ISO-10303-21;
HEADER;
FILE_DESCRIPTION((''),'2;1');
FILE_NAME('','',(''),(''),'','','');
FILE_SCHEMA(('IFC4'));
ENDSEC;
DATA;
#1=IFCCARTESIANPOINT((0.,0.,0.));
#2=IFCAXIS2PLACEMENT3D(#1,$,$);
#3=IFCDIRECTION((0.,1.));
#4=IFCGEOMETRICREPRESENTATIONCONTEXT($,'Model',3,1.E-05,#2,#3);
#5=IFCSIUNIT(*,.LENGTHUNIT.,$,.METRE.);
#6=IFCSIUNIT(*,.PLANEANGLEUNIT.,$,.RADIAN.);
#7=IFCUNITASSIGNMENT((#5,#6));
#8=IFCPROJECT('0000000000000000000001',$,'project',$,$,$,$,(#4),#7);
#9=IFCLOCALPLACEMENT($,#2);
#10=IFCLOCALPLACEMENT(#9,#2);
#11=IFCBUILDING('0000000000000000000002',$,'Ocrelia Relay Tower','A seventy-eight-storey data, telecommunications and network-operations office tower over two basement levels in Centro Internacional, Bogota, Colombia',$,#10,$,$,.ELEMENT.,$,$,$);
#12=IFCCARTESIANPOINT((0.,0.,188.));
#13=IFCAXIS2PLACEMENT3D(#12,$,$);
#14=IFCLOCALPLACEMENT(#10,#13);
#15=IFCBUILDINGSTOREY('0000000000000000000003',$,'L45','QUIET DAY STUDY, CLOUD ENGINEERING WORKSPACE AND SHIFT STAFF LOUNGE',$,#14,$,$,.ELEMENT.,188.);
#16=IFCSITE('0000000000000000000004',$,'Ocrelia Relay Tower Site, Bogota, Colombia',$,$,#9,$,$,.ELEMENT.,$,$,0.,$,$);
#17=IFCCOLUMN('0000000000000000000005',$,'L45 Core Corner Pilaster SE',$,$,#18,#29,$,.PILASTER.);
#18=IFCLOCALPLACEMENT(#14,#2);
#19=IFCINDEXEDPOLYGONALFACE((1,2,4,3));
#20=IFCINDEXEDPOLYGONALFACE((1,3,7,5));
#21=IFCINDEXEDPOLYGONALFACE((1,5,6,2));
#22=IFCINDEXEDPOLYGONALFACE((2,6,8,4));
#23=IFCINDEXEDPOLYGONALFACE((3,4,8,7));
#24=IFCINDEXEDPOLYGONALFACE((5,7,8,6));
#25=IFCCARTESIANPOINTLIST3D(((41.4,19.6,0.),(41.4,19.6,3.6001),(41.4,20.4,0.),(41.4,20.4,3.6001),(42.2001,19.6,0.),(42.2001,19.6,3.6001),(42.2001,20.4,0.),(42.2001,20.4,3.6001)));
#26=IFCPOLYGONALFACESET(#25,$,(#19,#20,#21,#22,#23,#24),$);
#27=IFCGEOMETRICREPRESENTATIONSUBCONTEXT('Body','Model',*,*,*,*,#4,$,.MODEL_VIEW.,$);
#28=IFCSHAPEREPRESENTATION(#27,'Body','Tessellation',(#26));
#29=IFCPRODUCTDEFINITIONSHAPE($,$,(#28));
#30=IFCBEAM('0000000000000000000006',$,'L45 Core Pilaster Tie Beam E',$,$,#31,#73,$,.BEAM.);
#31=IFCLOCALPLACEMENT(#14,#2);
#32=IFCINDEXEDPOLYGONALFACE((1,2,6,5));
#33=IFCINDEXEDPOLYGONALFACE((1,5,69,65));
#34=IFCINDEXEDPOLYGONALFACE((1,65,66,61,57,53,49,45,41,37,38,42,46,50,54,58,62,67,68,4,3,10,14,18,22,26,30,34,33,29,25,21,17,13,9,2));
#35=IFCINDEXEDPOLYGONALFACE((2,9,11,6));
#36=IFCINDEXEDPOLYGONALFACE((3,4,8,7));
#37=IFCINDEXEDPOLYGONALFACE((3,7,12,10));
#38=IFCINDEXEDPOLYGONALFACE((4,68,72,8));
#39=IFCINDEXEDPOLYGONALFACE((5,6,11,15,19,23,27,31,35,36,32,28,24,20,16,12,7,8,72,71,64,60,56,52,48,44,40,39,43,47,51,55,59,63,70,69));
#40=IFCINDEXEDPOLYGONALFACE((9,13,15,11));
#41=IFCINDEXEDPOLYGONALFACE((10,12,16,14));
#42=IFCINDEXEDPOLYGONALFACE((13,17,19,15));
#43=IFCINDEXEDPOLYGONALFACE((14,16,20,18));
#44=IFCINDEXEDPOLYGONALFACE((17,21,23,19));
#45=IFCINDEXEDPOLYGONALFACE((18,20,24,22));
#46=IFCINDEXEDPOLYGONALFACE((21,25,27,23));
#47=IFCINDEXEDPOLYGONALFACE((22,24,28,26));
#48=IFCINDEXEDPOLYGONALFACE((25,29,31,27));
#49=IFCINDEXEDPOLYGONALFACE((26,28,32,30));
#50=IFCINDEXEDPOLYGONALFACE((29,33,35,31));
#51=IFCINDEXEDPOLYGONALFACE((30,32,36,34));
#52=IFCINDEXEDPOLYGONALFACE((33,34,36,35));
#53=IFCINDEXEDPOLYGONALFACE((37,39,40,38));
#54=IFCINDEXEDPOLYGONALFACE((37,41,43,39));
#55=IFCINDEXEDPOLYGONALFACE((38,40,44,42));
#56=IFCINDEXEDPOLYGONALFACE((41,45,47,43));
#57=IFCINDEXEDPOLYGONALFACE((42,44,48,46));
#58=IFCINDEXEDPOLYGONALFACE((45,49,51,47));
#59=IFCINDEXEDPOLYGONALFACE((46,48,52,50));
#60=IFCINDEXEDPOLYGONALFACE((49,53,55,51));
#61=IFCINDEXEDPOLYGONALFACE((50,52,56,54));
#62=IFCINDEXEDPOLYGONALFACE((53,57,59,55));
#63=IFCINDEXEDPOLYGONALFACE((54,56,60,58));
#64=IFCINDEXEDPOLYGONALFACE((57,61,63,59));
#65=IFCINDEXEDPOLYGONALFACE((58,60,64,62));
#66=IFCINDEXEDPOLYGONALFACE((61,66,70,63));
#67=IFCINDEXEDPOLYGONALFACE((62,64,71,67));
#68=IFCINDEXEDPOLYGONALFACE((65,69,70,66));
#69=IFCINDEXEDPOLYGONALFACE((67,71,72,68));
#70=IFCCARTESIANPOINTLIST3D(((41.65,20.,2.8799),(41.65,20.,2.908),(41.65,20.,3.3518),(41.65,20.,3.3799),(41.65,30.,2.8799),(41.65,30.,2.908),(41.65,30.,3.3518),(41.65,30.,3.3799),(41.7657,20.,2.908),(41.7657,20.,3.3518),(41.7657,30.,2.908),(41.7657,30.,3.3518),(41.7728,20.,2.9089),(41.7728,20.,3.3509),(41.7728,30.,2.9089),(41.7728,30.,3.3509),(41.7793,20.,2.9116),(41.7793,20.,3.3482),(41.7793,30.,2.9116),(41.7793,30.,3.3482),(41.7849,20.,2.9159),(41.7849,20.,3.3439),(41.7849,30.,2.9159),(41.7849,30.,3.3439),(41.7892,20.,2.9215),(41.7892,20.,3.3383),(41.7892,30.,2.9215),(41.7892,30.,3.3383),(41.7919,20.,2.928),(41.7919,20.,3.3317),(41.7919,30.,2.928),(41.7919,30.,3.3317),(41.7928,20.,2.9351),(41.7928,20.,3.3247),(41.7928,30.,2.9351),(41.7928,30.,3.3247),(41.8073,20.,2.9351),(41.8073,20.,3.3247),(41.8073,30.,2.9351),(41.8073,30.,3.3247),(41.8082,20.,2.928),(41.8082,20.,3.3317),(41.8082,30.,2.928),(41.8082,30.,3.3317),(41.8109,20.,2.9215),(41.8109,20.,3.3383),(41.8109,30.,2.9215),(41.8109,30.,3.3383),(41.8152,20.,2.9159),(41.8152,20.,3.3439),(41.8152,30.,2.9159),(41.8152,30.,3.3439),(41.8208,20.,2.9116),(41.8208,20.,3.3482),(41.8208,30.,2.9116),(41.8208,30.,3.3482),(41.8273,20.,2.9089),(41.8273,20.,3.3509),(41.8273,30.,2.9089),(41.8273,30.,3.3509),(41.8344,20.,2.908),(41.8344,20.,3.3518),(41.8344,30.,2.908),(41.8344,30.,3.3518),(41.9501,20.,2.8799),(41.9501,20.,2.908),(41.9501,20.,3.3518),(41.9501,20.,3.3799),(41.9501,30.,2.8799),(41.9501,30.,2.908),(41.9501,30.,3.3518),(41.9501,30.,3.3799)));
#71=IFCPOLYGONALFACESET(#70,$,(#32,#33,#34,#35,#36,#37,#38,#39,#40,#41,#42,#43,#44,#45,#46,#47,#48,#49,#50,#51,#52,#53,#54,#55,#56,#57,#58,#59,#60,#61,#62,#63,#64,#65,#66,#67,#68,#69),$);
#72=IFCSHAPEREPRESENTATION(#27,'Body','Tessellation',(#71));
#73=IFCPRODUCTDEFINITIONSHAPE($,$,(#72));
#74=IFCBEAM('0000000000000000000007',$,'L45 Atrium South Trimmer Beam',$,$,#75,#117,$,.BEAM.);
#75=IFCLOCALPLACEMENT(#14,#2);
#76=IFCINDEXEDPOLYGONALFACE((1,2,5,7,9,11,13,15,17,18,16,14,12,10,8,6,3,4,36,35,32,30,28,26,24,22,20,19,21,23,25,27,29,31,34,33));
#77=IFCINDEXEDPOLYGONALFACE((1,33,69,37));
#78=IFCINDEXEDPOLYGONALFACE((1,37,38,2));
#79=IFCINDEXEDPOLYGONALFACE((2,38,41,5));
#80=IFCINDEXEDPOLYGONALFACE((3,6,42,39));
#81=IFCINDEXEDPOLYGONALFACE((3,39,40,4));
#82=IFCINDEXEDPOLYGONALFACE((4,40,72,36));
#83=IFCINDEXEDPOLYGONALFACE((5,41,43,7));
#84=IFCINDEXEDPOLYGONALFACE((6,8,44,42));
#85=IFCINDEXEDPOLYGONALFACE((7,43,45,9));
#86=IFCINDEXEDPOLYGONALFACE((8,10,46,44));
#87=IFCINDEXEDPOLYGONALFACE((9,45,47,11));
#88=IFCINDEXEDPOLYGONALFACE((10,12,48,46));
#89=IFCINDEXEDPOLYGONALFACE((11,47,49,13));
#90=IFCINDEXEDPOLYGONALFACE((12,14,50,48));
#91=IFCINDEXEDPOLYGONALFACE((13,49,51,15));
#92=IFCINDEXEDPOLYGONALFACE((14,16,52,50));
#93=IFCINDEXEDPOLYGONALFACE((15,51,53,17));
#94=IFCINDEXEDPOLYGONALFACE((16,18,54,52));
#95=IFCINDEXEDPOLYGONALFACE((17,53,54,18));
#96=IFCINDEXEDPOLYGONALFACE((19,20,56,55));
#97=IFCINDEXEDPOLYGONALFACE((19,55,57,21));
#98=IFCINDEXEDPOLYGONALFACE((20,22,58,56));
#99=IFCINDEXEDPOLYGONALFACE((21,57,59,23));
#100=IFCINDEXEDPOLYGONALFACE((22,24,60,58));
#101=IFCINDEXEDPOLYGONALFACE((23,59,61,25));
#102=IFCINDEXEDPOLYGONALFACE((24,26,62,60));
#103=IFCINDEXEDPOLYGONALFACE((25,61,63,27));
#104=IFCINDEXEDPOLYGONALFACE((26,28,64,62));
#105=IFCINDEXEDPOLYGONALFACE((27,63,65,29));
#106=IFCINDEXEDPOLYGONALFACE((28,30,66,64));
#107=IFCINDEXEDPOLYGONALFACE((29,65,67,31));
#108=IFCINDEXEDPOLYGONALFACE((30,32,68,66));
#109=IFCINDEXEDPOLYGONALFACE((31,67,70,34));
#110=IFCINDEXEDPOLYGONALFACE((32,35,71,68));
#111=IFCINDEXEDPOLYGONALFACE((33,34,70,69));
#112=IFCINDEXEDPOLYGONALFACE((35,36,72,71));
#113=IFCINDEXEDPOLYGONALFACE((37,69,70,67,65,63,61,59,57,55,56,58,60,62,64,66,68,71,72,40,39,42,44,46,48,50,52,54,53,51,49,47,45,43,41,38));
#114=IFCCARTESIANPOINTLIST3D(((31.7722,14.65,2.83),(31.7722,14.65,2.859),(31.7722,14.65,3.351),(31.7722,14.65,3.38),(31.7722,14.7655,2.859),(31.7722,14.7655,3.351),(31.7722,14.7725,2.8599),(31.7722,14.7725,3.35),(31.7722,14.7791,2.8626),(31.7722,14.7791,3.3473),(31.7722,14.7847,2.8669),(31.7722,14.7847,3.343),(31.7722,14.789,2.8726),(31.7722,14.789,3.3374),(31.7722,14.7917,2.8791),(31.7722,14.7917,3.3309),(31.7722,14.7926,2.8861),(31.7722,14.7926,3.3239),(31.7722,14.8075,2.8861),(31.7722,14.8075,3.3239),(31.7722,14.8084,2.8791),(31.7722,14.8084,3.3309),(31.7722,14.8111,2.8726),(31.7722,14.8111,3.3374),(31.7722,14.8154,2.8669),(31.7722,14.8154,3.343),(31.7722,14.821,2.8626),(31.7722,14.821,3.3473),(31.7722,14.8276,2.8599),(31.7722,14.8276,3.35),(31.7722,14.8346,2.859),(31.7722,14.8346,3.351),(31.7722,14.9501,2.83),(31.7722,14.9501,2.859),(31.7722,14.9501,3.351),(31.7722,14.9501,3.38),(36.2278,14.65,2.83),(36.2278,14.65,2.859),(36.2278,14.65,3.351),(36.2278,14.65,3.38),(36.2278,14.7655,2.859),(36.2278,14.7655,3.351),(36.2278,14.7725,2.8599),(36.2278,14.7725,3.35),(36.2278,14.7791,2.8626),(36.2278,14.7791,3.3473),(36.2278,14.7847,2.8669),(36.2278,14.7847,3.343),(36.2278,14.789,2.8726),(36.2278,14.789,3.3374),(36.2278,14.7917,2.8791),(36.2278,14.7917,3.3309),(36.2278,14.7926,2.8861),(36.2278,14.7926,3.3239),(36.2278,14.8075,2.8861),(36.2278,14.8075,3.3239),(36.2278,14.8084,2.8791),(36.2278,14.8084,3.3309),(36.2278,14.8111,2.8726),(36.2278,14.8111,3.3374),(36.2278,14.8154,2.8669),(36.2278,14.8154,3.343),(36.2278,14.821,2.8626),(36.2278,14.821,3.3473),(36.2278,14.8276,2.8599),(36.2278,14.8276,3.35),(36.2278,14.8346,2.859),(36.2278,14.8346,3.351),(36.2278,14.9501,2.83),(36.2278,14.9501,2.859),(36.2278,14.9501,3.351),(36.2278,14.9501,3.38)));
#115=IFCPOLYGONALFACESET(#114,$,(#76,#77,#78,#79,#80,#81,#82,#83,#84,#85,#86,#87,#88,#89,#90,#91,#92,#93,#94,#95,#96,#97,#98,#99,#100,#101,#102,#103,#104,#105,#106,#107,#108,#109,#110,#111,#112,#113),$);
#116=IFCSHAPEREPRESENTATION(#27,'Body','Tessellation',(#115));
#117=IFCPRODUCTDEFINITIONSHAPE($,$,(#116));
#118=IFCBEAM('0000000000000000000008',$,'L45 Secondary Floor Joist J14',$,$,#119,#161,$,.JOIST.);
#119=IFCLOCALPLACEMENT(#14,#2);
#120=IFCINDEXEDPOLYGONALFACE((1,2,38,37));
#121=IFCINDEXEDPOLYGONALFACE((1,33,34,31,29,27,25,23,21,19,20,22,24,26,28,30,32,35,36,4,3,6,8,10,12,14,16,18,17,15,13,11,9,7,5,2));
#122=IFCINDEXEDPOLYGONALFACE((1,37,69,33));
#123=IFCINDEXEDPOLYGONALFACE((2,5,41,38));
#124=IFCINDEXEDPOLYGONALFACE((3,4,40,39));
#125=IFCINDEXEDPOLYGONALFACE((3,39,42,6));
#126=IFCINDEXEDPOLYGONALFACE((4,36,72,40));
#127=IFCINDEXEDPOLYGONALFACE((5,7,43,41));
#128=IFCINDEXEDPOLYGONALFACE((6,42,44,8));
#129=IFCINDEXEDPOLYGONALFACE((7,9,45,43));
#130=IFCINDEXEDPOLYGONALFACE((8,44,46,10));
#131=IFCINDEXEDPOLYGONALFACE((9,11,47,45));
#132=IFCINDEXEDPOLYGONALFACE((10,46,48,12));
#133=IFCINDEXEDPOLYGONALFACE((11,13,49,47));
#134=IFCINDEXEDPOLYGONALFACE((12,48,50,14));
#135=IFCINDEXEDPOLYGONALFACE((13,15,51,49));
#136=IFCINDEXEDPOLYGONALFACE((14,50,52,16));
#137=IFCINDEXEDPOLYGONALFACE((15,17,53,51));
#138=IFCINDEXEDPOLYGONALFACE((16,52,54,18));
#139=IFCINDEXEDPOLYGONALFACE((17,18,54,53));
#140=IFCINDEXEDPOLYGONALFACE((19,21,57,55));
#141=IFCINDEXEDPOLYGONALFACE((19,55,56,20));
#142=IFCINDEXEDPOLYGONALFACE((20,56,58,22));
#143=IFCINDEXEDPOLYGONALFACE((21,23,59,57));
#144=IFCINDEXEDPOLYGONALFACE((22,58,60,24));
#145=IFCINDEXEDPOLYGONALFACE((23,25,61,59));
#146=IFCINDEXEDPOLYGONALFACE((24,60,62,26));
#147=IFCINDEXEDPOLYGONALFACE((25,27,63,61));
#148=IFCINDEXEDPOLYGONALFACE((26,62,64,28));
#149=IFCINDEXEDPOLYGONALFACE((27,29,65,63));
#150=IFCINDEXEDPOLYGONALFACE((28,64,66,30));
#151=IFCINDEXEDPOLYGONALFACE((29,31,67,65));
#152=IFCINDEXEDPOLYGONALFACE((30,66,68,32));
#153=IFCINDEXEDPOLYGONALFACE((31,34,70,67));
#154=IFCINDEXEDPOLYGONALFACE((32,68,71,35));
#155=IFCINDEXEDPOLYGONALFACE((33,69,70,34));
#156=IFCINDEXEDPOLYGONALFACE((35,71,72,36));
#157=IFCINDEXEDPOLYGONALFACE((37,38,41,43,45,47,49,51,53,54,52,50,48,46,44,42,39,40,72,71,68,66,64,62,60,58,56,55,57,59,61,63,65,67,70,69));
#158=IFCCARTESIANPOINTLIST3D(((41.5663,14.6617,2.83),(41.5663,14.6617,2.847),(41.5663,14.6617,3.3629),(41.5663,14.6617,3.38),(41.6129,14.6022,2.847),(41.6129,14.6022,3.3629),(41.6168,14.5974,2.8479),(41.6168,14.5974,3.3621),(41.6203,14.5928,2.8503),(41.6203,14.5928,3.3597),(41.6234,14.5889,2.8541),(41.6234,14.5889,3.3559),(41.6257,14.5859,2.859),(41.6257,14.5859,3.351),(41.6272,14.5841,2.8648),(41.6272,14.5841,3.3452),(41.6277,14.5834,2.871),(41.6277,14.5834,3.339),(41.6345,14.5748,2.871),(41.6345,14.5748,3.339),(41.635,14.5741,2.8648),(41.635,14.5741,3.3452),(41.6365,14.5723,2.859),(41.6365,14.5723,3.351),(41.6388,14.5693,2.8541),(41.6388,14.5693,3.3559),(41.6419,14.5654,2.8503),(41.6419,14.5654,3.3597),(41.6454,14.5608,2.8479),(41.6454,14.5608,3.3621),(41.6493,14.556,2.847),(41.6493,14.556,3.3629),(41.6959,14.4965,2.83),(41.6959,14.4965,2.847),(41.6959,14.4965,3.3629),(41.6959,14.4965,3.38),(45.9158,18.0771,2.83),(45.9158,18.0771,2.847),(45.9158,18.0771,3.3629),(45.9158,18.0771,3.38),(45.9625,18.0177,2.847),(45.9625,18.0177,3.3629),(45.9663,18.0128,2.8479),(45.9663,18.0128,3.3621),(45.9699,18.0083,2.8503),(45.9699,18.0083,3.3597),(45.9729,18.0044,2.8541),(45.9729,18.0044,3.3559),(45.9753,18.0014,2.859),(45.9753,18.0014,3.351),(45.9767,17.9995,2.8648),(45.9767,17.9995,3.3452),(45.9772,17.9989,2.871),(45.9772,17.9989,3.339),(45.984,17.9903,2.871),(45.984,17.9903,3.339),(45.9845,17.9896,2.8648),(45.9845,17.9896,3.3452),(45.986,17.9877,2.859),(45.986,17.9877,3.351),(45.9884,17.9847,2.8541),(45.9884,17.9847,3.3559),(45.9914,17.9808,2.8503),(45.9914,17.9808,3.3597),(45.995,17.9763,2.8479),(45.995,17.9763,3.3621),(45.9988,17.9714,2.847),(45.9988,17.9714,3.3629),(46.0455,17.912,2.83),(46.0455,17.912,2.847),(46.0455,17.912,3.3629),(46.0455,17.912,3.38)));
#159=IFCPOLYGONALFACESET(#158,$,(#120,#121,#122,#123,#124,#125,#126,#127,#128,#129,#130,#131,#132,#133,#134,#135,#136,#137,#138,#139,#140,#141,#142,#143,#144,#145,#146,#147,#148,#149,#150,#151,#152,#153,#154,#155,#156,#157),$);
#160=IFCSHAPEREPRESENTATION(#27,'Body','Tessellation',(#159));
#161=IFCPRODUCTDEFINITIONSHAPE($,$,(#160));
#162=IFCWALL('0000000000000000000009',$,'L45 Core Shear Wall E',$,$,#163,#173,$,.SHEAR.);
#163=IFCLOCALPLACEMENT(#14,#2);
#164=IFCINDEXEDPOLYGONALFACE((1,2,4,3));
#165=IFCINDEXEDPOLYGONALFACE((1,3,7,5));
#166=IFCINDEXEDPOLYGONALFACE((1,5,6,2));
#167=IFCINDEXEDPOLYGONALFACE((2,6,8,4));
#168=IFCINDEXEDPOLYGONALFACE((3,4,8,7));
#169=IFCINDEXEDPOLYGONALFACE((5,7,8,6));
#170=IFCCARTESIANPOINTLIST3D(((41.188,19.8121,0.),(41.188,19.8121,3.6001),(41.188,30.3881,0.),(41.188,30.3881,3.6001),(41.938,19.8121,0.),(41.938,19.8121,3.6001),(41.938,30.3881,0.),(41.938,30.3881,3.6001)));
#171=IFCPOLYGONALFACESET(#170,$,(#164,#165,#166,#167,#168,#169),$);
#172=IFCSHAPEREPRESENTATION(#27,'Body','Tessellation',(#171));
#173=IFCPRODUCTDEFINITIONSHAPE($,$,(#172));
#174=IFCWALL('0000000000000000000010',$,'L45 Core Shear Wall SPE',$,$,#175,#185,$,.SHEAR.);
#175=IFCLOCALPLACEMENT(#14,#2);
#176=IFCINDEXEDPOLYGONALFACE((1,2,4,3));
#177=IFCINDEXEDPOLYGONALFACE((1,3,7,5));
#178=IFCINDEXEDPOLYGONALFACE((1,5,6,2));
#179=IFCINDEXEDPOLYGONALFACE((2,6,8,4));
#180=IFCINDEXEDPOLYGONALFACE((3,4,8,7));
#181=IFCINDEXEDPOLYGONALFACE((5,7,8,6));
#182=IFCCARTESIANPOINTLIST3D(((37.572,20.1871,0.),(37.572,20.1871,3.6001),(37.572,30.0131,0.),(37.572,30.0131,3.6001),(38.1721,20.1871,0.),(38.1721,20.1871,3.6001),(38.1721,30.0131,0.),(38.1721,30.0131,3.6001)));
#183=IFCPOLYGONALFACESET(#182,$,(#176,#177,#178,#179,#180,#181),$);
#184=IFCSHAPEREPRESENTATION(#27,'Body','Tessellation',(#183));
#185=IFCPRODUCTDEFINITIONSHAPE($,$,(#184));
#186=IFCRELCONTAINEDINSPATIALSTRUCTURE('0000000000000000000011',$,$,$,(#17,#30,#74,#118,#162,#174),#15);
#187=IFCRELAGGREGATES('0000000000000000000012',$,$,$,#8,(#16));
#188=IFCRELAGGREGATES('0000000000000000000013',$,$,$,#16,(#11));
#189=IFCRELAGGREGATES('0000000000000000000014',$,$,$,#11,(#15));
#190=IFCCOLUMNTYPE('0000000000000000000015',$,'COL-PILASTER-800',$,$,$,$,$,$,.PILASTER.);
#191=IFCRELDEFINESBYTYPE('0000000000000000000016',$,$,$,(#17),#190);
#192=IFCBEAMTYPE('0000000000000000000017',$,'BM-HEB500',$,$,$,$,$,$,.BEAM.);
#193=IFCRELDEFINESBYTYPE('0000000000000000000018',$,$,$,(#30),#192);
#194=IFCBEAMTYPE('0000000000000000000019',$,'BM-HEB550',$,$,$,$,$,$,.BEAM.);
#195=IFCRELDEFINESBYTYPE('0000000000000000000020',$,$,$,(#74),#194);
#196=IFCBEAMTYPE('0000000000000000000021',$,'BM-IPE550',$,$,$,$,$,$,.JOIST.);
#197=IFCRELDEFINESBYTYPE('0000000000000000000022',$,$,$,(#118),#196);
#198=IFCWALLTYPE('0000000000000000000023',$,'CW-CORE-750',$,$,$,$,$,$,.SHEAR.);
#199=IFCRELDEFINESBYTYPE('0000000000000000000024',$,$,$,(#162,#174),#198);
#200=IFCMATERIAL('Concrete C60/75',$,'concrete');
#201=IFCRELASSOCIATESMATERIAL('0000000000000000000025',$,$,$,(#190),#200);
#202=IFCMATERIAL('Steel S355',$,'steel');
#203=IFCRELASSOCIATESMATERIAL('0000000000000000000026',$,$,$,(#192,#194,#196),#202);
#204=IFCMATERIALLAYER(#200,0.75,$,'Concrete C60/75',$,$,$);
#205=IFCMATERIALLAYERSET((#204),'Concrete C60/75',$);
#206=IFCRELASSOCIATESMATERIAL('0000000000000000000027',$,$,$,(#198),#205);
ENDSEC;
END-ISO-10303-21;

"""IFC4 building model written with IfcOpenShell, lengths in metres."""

from ifc_helpers import new_model, si_unit, direction, frame, frame_2d, origin, origin_2d, place, context, subcontext, project, spatial, rectangle, i_section, extrude, material, layer, layer_set, material_profile, profile_set, type_object, element, save


model = new_model("IFC4")

# Units and contexts
model_context = context("Model", 3, precision=1e-05, world=origin(), true_north=direction((0.0, 1.0)))
body_context = subcontext(model_context, "Body", "Model", "MODEL_VIEW")
ifc_project = project(units=[si_unit("LENGTHUNIT", "METRE"), si_unit("PLANEANGLEUNIT", "RADIAN")], contexts=[model_context])

# Site, building, storey
site_placement = place(None, origin())
site = spatial("IfcSite", under=ifc_project, at=site_placement, Name="Ocrelia Relay Tower Site, Bogota, Colombia", CompositionType="ELEMENT", RefElevation=0.0)
building_placement = place(site_placement, origin())
building = spatial("IfcBuilding", under=site, at=building_placement, Name="Ocrelia Relay Tower", Description="A seventy-eight-storey data, telecommunications and network-operations office tower over two basement levels in Centro Internacional, Bogota, Colombia", CompositionType="ELEMENT")
storey_placement = place(building_placement, frame((0.0, 0.0, 188.0)))
storey = spatial("IfcBuildingStorey", under=building, at=storey_placement, Name="L45", Description="QUIET DAY STUDY, CLOUD ENGINEERING WORKSPACE AND SHIFT STAFF LOUNGE", CompositionType="ELEMENT", Elevation=188.0)

# Column
ifc_material_1 = material(Name="Concrete C60/75", Category="concrete")
ifc_material_profile_1 = material_profile(ifc_material_1, rectangle(XDim=0.8, YDim=0.8, at=origin_2d()), Name="RC-COL-800x800")
ifc_profile_set_1 = profile_set([ifc_material_profile_1], Name="Concrete C60/75")
column_type = type_object("IfcColumnType", Name="COL-PILASTER-800", PredefinedType="PILASTER", material=ifc_profile_set_1)
column_placement = place(storey_placement, frame((41.8, 20.0, 0.0), z_axis=(0.0, 0.0, 1.0), x_axis=(1.0, 0.0, 0.0)))
element("IfcColumn", 1, at=column_placement, inside=storey, type_object=column_type, Name="L45 Core Corner Pilaster SE", PredefinedType="PILASTER", context=body_context, shape_type="SweptSolid", body=[
    extrude(rectangle(XDim=0.8, YDim=0.8, at=origin_2d()), origin(), (0.0, 0.0, 1.0), 3.6001),
])

# Beams
ifc_material_2 = material(Name="Steel S355", Category="steel")
ifc_material_profile_2 = material_profile(ifc_material_2, i_section(OverallWidth=0.3, OverallDepth=0.5, WebThickness=0.0144, FlangeThickness=0.0281, FilletRadius=0.0271, at=origin_2d()), Name="HEB 500")
ifc_profile_set_2 = profile_set([ifc_material_profile_2], Name="Steel S355")
beam_type_1 = type_object("IfcBeamType", Name="BM-HEB500", PredefinedType="BEAM", material=ifc_profile_set_2)
beam_1_placement = place(storey_placement, frame((41.8, 20.0, 3.1299), z_axis=(0.0, 1.0, 0.0), x_axis=(-1.0, 0.0, 0.0)))
element("IfcBeam", 2, at=beam_1_placement, inside=storey, type_object=beam_type_1, Name="L45 Core Pilaster Tie Beam E", PredefinedType="BEAM", context=body_context, shape_type="SweptSolid", body=[
    extrude(i_section(OverallWidth=0.3, OverallDepth=0.5, WebThickness=0.0144, FlangeThickness=0.0281, FilletRadius=0.0271, at=origin_2d()), origin(), (0.0, 0.0, 1.0), 10.0),
])
ifc_material_profile_3 = material_profile(ifc_material_2, i_section(OverallWidth=0.3, OverallDepth=0.55, WebThickness=0.0149, FlangeThickness=0.0291, FilletRadius=0.0271, at=origin_2d()), Name="HEB 550")
ifc_profile_set_3 = profile_set([ifc_material_profile_3], Name="Steel S355")
beam_type_2 = type_object("IfcBeamType", Name="BM-HEB550", PredefinedType="BEAM", material=ifc_profile_set_3)
beam_2_placement = place(storey_placement, frame((31.7722, 14.8, 3.105), z_axis=(1.0, 0.0, 0.0), x_axis=(0.0, 1.0, 0.0)))
element("IfcBeam", 3, at=beam_2_placement, inside=storey, type_object=beam_type_2, Name="L45 Atrium South Trimmer Beam", PredefinedType="BEAM", context=body_context, shape_type="SweptSolid", body=[
    extrude(i_section(OverallWidth=0.3, OverallDepth=0.55, WebThickness=0.0149, FlangeThickness=0.0291, FilletRadius=0.0271, at=origin_2d()), origin(), (0.0, 0.0, 1.0), 4.4556),
])
ifc_material_profile_4 = material_profile(ifc_material_2, i_section(OverallWidth=0.21, OverallDepth=0.55, WebThickness=0.011, FlangeThickness=0.0171, FilletRadius=0.0239, at=origin_2d()), Name="IPE 550")
ifc_profile_set_4 = profile_set([ifc_material_profile_4], Name="Steel S355")
beam_type_3 = type_object("IfcBeamType", Name="BM-IPE550", PredefinedType="JOIST", material=ifc_profile_set_4)
beam_3_placement = place(storey_placement, frame((41.6311, 14.5791, 3.105), z_axis=(0.786496, 0.617595, 0.0), x_axis=(-0.617595, 0.786496, 0.0)))
element("IfcBeam", 4, at=beam_3_placement, inside=storey, type_object=beam_type_3, Name="L45 Secondary Floor Joist J14", PredefinedType="JOIST", context=body_context, shape_type="SweptSolid", body=[
    extrude(i_section(OverallWidth=0.21, OverallDepth=0.55, WebThickness=0.011, FlangeThickness=0.0171, FilletRadius=0.0239, at=origin_2d()), origin(), (0.0, 0.0, 1.0), 5.5303),
])

# Walls
ifc_layer_1 = layer(ifc_material_1, 0.75, Name="Concrete C60/75")
ifc_layer_set_1 = layer_set([ifc_layer_1], Name="Concrete C60/75")
wall_type_1 = type_object("IfcWallType", Name="CW-CORE-750", PredefinedType="SHEAR", material=ifc_layer_set_1)
wall_1_placement = place(storey_placement, frame((41.563, 19.812, 0.0), z_axis=(0.0, 0.0, 1.0), x_axis=(0.0, 1.0, 0.0)))
element("IfcWall", 5, at=wall_1_placement, inside=storey, type_object=wall_type_1, Name="L45 Core Shear Wall E", PredefinedType="SHEAR", context=body_context, shape_type="SweptSolid", body=[
    extrude(rectangle(XDim=10.5759, YDim=0.75, at=frame_2d((5.2881, 0.0))), origin(), (0.0, 0.0, 1.0), 3.6001),
])
wall_2_placement = place(storey_placement, frame((37.8721, 20.187, 0.0), z_axis=(0.0, 0.0, 1.0), x_axis=(0.0, 1.0, 0.0)))
element("IfcWall", 6, at=wall_2_placement, inside=storey, type_object=wall_type_1, Name="L45 Core Shear Wall SPE", PredefinedType="SHEAR", context=body_context, shape_type="SweptSolid", body=[
    extrude(rectangle(XDim=9.8259, YDim=0.6001, at=frame_2d((4.9131, 0.0))), origin(), (0.0, 0.0, 1.0), 3.6001),
])

save(model, "model.ifc")
